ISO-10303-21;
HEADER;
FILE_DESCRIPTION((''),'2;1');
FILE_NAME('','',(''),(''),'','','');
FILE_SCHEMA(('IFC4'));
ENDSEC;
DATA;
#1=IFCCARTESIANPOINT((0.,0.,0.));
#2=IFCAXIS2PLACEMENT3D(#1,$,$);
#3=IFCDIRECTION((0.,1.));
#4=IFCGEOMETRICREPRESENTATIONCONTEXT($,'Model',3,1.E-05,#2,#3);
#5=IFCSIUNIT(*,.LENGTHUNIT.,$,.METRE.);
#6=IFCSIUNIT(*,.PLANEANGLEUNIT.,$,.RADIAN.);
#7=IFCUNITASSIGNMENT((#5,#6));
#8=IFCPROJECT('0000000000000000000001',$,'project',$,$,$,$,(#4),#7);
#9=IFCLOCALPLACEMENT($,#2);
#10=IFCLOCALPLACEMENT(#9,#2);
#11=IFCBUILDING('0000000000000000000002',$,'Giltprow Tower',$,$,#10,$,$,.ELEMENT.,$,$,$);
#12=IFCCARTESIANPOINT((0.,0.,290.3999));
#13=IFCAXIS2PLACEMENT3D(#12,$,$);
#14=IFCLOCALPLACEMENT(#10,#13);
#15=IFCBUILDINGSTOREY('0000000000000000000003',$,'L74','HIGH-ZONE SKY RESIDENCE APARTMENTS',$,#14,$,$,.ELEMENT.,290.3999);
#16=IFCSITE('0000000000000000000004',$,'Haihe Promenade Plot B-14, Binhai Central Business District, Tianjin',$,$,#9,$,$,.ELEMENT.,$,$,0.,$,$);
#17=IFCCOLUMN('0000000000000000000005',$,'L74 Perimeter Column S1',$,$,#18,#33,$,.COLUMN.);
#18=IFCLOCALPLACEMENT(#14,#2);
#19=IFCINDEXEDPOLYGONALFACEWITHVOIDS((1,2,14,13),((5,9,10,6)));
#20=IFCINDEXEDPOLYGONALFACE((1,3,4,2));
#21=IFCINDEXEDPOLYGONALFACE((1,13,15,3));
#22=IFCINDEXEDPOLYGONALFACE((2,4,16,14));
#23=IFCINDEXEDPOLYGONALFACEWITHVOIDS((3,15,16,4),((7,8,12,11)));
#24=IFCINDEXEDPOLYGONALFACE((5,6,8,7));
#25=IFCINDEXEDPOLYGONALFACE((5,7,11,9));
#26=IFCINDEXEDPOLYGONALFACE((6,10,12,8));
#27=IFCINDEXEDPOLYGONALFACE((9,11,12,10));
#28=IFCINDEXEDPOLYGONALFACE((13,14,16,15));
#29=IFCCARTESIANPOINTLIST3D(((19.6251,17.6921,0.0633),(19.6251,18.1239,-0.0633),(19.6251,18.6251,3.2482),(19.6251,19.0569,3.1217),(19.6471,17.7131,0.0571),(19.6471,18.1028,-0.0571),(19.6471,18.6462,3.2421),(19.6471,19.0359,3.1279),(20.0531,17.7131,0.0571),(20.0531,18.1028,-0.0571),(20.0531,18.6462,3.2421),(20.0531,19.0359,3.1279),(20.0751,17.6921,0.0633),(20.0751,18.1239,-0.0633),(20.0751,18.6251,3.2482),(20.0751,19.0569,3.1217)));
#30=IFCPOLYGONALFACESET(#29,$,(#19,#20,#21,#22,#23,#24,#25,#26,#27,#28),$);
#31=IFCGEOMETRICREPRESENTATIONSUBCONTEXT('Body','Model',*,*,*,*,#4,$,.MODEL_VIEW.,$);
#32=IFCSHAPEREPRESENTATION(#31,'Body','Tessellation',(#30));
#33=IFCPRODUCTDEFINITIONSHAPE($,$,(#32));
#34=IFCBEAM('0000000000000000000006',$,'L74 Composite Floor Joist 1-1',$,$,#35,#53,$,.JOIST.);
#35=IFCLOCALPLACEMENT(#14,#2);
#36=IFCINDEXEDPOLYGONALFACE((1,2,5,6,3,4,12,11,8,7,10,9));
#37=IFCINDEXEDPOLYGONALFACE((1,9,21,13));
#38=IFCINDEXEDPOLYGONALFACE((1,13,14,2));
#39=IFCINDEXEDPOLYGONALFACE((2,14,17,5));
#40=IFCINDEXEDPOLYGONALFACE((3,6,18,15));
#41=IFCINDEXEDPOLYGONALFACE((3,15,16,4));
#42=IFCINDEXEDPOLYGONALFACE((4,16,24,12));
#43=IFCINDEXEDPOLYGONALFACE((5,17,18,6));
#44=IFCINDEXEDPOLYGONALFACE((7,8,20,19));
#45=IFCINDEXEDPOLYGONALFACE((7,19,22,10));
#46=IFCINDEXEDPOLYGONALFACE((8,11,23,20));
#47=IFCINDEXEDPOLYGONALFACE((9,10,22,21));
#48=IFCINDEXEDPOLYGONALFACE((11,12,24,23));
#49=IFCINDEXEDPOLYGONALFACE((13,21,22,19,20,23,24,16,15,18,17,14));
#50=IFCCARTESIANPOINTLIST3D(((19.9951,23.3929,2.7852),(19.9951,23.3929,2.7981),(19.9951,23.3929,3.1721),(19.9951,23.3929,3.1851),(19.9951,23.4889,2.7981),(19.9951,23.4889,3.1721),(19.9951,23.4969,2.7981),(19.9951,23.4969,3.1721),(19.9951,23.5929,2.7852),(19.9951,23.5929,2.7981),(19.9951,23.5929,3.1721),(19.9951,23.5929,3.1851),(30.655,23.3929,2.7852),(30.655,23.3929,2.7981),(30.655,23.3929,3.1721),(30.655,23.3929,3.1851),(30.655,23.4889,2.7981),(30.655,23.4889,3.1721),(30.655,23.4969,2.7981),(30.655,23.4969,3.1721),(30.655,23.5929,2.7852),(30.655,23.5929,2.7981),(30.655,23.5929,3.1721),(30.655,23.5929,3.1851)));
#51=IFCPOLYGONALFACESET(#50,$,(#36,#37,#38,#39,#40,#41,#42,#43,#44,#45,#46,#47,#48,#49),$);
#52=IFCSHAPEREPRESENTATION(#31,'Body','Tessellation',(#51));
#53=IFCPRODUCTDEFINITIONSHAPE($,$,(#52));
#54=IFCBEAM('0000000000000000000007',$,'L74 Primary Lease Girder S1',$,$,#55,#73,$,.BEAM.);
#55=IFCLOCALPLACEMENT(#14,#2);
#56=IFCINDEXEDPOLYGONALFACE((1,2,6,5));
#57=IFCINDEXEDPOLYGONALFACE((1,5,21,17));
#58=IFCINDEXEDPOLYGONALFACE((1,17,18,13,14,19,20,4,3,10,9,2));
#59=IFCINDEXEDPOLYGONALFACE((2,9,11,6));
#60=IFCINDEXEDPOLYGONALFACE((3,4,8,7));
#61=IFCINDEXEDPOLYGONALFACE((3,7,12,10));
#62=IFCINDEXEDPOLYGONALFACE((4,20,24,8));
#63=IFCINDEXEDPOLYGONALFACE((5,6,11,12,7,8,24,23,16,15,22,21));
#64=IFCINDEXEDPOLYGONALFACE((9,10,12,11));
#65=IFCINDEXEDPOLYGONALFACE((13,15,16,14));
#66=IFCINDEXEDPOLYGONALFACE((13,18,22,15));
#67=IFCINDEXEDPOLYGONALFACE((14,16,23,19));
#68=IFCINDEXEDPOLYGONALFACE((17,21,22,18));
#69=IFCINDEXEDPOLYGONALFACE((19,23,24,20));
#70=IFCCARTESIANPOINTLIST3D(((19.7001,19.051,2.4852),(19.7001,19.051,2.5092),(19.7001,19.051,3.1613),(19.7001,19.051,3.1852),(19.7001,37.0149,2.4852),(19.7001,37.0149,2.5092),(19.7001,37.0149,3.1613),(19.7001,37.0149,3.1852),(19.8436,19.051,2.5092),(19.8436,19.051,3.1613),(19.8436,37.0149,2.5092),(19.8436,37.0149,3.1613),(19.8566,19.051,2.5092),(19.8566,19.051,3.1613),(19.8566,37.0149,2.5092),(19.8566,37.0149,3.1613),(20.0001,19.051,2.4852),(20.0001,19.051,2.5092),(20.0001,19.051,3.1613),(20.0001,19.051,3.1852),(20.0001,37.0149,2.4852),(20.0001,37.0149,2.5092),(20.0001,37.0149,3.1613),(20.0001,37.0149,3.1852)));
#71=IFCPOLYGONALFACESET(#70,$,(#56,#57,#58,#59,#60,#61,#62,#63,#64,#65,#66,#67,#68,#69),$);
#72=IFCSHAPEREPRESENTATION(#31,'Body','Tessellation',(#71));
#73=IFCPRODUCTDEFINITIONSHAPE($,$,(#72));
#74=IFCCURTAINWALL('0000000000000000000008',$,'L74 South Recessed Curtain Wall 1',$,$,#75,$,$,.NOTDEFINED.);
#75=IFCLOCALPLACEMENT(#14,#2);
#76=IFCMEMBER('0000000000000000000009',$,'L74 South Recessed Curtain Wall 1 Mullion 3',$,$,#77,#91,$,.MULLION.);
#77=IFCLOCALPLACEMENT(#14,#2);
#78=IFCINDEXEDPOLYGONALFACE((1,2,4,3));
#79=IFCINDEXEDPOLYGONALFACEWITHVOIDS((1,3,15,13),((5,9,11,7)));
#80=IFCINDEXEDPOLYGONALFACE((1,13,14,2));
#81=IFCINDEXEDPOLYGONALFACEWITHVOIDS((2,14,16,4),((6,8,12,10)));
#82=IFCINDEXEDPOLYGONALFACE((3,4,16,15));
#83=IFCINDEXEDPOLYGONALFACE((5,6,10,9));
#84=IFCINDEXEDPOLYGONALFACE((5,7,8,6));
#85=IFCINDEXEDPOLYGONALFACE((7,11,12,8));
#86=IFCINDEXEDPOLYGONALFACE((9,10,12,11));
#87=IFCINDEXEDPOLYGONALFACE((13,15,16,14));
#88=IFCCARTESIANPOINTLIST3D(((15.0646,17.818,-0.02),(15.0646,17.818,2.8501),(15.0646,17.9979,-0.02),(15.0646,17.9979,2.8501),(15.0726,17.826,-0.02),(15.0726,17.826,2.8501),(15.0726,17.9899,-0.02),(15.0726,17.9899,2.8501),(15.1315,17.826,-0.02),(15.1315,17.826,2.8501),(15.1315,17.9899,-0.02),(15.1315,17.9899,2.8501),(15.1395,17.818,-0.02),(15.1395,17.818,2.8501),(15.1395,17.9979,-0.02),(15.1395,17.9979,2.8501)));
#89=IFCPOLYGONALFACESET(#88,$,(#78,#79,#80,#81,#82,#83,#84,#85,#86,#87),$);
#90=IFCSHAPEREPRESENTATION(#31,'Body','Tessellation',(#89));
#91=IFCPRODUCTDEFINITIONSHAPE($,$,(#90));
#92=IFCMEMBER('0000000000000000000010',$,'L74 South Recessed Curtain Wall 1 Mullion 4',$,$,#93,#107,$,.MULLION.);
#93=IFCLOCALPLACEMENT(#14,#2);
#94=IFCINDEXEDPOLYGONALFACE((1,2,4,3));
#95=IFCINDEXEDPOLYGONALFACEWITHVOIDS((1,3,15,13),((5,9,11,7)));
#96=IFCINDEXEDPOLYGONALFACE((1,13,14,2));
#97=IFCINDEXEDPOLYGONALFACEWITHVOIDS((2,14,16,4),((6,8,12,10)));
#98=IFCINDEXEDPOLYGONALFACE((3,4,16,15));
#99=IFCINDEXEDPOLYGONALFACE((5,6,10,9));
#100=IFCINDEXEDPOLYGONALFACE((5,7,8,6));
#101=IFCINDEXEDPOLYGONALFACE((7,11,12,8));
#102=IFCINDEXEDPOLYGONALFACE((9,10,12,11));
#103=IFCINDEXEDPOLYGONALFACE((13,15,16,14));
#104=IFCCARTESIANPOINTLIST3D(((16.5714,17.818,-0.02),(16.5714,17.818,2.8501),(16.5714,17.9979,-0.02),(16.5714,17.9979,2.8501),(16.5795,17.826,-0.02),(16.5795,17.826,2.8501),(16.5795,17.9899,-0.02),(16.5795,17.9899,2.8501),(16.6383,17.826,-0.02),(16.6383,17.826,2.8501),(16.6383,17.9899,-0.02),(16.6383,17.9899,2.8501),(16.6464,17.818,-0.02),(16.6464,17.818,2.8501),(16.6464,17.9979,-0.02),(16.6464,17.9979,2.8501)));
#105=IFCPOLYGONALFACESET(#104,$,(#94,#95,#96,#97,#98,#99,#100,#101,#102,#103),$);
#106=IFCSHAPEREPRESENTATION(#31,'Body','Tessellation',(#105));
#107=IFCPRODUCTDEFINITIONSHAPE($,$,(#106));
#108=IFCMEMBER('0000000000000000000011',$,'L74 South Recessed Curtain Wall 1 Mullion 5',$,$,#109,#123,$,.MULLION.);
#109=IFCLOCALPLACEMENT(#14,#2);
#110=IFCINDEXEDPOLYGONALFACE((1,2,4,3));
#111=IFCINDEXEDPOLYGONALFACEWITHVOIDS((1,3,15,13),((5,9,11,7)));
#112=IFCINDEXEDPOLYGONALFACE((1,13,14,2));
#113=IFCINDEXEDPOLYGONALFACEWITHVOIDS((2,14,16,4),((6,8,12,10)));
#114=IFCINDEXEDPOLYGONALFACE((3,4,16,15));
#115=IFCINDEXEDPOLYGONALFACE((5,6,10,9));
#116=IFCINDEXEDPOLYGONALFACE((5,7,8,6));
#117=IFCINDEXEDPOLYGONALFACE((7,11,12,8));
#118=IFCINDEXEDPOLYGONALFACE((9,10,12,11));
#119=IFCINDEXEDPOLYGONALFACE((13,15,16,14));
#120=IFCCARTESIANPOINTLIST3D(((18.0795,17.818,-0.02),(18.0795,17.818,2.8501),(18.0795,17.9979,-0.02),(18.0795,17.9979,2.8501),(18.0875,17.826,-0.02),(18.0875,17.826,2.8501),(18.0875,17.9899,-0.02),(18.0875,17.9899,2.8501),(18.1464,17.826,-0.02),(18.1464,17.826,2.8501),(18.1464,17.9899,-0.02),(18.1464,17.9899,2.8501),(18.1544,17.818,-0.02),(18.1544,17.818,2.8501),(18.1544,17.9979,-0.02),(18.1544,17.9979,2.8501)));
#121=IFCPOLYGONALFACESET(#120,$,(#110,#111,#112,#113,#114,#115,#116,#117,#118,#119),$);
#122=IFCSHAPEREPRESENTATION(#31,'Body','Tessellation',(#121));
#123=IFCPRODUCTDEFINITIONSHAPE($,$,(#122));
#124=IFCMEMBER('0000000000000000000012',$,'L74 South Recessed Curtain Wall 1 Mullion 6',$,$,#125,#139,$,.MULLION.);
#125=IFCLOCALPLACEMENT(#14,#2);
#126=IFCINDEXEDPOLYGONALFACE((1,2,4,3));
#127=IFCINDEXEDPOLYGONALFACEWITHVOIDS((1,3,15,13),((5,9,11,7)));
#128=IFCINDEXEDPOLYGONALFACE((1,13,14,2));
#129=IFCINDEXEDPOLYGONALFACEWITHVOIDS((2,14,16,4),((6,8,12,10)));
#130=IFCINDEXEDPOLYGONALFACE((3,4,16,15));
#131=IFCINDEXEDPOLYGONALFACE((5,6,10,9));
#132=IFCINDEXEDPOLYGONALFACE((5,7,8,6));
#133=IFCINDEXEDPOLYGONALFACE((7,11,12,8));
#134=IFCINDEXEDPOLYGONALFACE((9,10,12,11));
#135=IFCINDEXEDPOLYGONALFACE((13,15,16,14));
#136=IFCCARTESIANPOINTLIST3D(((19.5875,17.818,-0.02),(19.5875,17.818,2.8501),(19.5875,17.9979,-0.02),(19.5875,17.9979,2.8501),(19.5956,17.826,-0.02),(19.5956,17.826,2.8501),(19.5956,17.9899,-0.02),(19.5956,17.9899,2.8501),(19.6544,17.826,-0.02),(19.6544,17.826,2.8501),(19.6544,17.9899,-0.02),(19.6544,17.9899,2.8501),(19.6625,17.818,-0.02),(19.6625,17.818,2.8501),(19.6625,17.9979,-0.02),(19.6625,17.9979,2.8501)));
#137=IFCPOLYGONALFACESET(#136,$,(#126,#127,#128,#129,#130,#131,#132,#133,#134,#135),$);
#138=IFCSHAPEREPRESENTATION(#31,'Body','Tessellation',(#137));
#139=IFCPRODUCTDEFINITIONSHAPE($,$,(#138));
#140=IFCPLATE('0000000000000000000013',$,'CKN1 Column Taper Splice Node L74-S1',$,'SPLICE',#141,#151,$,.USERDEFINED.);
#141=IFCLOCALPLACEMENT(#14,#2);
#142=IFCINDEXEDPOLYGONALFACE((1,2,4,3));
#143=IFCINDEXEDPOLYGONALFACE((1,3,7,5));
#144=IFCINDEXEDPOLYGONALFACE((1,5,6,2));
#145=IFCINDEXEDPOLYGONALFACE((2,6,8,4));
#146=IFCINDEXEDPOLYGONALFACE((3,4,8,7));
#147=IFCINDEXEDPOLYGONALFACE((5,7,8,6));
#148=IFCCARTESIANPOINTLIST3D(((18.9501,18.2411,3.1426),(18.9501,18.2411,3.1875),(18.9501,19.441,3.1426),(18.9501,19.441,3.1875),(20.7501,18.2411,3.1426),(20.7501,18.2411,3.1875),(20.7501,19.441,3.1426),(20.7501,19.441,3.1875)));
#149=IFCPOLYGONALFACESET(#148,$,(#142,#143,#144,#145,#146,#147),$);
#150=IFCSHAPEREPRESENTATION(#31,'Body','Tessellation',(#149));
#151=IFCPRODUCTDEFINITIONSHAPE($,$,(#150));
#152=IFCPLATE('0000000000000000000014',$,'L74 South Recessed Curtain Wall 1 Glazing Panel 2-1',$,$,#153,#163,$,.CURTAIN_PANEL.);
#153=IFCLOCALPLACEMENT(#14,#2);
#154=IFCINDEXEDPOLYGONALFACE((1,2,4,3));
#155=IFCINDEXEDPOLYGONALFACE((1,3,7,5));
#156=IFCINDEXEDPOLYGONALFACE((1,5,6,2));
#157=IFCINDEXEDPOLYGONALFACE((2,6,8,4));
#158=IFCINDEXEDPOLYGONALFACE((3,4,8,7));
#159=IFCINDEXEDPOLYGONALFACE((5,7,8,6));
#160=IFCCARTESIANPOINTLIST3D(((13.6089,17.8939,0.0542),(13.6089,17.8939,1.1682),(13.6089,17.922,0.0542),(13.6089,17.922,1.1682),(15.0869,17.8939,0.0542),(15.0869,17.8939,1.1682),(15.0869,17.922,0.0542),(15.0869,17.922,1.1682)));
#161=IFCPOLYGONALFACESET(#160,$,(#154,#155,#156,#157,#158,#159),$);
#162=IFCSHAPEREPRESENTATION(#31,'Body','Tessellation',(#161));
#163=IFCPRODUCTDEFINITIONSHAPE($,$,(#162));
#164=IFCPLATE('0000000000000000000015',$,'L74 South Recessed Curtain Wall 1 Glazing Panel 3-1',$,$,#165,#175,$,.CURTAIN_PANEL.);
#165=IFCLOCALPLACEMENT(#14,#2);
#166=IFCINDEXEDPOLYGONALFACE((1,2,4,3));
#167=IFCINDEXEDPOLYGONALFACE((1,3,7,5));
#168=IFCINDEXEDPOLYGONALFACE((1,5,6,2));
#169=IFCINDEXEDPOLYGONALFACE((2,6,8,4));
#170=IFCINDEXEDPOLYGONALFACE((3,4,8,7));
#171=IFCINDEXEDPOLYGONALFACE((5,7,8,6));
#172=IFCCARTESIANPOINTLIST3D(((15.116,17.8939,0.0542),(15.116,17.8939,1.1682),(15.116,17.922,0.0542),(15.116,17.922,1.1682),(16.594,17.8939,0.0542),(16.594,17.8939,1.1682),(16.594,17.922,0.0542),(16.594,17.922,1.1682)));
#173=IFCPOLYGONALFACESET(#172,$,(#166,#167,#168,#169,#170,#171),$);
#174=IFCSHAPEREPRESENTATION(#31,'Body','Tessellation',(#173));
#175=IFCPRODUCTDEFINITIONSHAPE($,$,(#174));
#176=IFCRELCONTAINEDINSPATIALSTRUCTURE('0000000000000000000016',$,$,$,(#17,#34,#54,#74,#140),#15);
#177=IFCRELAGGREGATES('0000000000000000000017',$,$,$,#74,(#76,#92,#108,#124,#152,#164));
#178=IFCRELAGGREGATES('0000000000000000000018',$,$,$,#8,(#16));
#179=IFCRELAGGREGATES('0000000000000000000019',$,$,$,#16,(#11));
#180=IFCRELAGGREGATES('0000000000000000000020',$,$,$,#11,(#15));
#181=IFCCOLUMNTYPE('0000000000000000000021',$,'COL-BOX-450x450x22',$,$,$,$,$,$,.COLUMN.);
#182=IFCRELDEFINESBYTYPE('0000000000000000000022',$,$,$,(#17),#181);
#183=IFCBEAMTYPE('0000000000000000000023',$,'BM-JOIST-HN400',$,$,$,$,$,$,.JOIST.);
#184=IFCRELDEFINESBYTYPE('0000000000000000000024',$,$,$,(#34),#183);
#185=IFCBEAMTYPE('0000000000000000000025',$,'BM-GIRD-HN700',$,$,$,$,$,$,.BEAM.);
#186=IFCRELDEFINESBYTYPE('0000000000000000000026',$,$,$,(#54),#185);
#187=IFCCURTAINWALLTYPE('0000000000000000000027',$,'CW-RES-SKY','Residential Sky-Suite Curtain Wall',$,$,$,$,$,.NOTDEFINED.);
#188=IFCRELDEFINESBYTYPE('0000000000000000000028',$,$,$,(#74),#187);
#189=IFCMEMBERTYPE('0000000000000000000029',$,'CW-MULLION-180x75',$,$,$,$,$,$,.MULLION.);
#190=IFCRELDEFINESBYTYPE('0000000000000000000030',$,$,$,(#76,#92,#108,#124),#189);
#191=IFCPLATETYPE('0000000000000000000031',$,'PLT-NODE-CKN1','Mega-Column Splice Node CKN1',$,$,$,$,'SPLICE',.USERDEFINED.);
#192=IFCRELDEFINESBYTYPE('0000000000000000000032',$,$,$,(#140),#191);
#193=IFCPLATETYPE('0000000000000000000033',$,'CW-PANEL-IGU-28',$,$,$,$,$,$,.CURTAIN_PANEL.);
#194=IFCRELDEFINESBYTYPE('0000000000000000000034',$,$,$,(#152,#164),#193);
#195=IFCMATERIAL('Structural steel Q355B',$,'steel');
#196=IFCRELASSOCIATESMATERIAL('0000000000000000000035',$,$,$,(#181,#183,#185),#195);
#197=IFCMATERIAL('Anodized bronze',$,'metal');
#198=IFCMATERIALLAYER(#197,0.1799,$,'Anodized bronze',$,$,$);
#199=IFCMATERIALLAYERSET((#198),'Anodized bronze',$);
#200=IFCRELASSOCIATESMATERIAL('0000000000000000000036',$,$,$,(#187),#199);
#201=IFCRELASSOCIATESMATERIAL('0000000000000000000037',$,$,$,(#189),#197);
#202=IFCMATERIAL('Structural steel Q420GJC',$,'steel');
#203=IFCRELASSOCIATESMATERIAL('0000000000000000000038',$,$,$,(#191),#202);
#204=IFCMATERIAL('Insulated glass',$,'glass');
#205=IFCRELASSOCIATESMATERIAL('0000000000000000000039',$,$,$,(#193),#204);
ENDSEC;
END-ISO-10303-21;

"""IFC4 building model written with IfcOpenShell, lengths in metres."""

from ifc_helpers import new_model, si_unit, direction, frame, origin, origin_2d, place, context, subcontext, project, spatial, rectangle, hollow_rectangle, i_section, extrude, source, transform, mapped, material, layer, layer_set, material_profile, profile_set, type_object, element, aggregate, save


model = new_model("IFC4")

# Units and contexts
model_context = context("Model", 3, precision=1e-05, world=origin(), true_north=direction((0.0, 1.0)))
body_context = subcontext(model_context, "Body", "Model", "MODEL_VIEW")
ifc_project = project(units=[si_unit("LENGTHUNIT", "METRE"), si_unit("PLANEANGLEUNIT", "RADIAN")], contexts=[model_context])

# Site, building, storey
site_placement = place(None, origin())
site = spatial("IfcSite", under=ifc_project, at=site_placement, Name="Haihe Promenade Plot B-14, Binhai Central Business District, Tianjin", CompositionType="ELEMENT", RefElevation=0.0)
building_placement = place(site_placement, origin())
building = spatial("IfcBuilding", under=site, at=building_placement, Name="Giltprow Tower", CompositionType="ELEMENT")
storey_placement = place(building_placement, frame((0.0, 0.0, 290.3999)))
storey = spatial("IfcBuildingStorey", under=building, at=storey_placement, Name="L74", Description="HIGH-ZONE SKY RESIDENCE APARTMENTS", CompositionType="ELEMENT", Elevation=290.3999)

# Column
ifc_material_1 = material(Name="Structural steel Q355B", Category="steel")
ifc_material_profile_1 = material_profile(ifc_material_1, hollow_rectangle(XDim=0.45, YDim=0.45, WallThickness=0.022, at=origin_2d()), Name="BOX 450x450x22")
ifc_profile_set_1 = profile_set([ifc_material_profile_1], Name="Structural steel Q355B")
column_type = type_object("IfcColumnType", Name="COL-BOX-450x450x22", PredefinedType="COLUMN", material=ifc_profile_set_1)
shared_shape_1 = source(origin(), body_context, "Body", "SweptSolid", [
    extrude(hollow_rectangle(XDim=0.45, YDim=0.45, WallThickness=0.022, at=origin_2d()), origin(), (0.0, 0.0, 1.0), 3.3188),
])
column_placement = place(storey_placement, frame((19.8501, 17.908, 0.0), z_axis=(0.0, 0.281147, 0.959665), x_axis=(-1.0, 0.0, 0.0)))
element("IfcColumn", 1, at=column_placement, inside=storey, type_object=column_type, Name="L74 Perimeter Column S1", PredefinedType="COLUMN", context=body_context, shape_type="MappedRepresentation", body=[
    mapped(shared_shape_1, transform((0.0, 0.0, 0.0), x_axis=(1.0, 0.0, 0.0), y_axis=(0.0, 1.0, 0.0), z_axis=(0.0, 0.0, 1.0), scale=1.0)),
])

# Beams
ifc_material_profile_2 = material_profile(ifc_material_1, i_section(OverallWidth=0.2, OverallDepth=0.3999, WebThickness=0.0081, FlangeThickness=0.0129, at=origin_2d()), Name="HN 400x200x8x13")
ifc_profile_set_2 = profile_set([ifc_material_profile_2], Name="Structural steel Q355B")
beam_type_1 = type_object("IfcBeamType", Name="BM-JOIST-HN400", PredefinedType="JOIST", material=ifc_profile_set_2)
shared_shape_2 = source(origin(), body_context, "Body", "SweptSolid", [
    extrude(i_section(OverallWidth=0.2, OverallDepth=0.3999, WebThickness=0.0081, FlangeThickness=0.0129, at=origin_2d()), origin(), (0.0, 0.0, 1.0), 10.6599),
])
beam_1_placement = place(storey_placement, frame((19.9951, 23.4929, 2.9851), z_axis=(1.0, 0.0, 0.0), x_axis=(0.0, 1.0, 0.0)))
element("IfcBeam", 2, at=beam_1_placement, inside=storey, type_object=beam_type_1, Name="L74 Composite Floor Joist 1-1", PredefinedType="JOIST", context=body_context, shape_type="MappedRepresentation", body=[
    mapped(shared_shape_2, transform((0.0, 0.0, 0.0), x_axis=(1.0, 0.0, 0.0), y_axis=(0.0, 1.0, 0.0), z_axis=(0.0, 0.0, 1.0), scale=1.0)),
])
ifc_material_profile_3 = material_profile(ifc_material_1, i_section(OverallWidth=0.3, OverallDepth=0.7, WebThickness=0.0129, FlangeThickness=0.0239, at=origin_2d()), Name="HN 700x300x13x24")
ifc_profile_set_3 = profile_set([ifc_material_profile_3], Name="Structural steel Q355B")
beam_type_2 = type_object("IfcBeamType", Name="BM-GIRD-HN700", PredefinedType="BEAM", material=ifc_profile_set_3)
shared_shape_3 = source(origin(), body_context, "Body", "SweptSolid", [
    extrude(i_section(OverallWidth=0.3, OverallDepth=0.7, WebThickness=0.0129, FlangeThickness=0.0239, at=origin_2d()), origin(), (0.0, 0.0, 1.0), 17.9639),
])
beam_2_placement = place(storey_placement, frame((19.8501, 19.051, 2.8352), z_axis=(0.0, 1.0, 0.0), x_axis=(-1.0, 0.0, 0.0)))
element("IfcBeam", 3, at=beam_2_placement, inside=storey, type_object=beam_type_2, Name="L74 Primary Lease Girder S1", PredefinedType="BEAM", context=body_context, shape_type="MappedRepresentation", body=[
    mapped(shared_shape_3, transform((0.0, 0.0, 0.0), x_axis=(1.0, 0.0, 0.0), y_axis=(0.0, 1.0, 0.0), z_axis=(0.0, 0.0, 1.0), scale=1.0)),
])

# Curtain wall, members
ifc_material_2 = material(Name="Anodized bronze", Category="metal")
ifc_layer = layer(ifc_material_2, 0.1799, Name="Anodized bronze")
ifc_layer_set = layer_set([ifc_layer], Name="Anodized bronze")
curtain_wall_type = type_object("IfcCurtainWallType", Name="CW-RES-SKY", Description="Residential Sky-Suite Curtain Wall", PredefinedType="NOTDEFINED", material=ifc_layer_set)
curtain_wall_placement = place(storey_placement, origin())
curtain_wall = element("IfcCurtainWall", 4, at=curtain_wall_placement, inside=storey, type_object=curtain_wall_type, Name="L74 South Recessed Curtain Wall 1", PredefinedType="NOTDEFINED")
ifc_material_profile_4 = material_profile(ifc_material_2, hollow_rectangle(XDim=0.075, YDim=0.1799, WallThickness=0.0081, at=origin_2d()), Name="RHS 180x75x8")
ifc_profile_set_4 = profile_set([ifc_material_profile_4], Name="Anodized bronze")
member_type = type_object("IfcMemberType", Name="CW-MULLION-180x75", PredefinedType="MULLION", material=ifc_profile_set_4)
shared_shape_4 = source(origin(), body_context, "Body", "SweptSolid", [
    extrude(hollow_rectangle(XDim=0.075, YDim=0.1799, WallThickness=0.0081, at=origin_2d()), origin(), (0.0, 0.0, 1.0), 2.8701),
])
member_1_placement = place(storey_placement, frame((15.1021, 17.908, -0.02), z_axis=(0.0, 0.0, 1.0), x_axis=(1.0, 0.0, 0.0)))
member_1 = element("IfcMember", 5, at=member_1_placement, type_object=member_type, Name="L74 South Recessed Curtain Wall 1 Mullion 3", PredefinedType="MULLION", context=body_context, shape_type="MappedRepresentation", body=[
    mapped(shared_shape_4, transform((0.0, 0.0, 0.0), x_axis=(1.0, 0.0, 0.0), y_axis=(0.0, 1.0, 0.0), z_axis=(0.0, 0.0, 1.0), scale=1.0)),
])
member_2_placement = place(storey_placement, frame((16.6089, 17.908, -0.02), z_axis=(0.0, 0.0, 1.0), x_axis=(1.0, 0.0, 0.0)))
member_2 = element("IfcMember", 6, at=member_2_placement, type_object=member_type, Name="L74 South Recessed Curtain Wall 1 Mullion 4", PredefinedType="MULLION", context=body_context, shape_type="MappedRepresentation", body=[
    mapped(shared_shape_4, transform((0.0, 0.0, 0.0), x_axis=(1.0, 0.0, 0.0), y_axis=(0.0, 1.0, 0.0), z_axis=(0.0, 0.0, 1.0), scale=1.0)),
])
member_3_placement = place(storey_placement, frame((18.1169, 17.908, -0.02), z_axis=(0.0, 0.0, 1.0), x_axis=(1.0, 0.0, 0.0)))
member_3 = element("IfcMember", 7, at=member_3_placement, type_object=member_type, Name="L74 South Recessed Curtain Wall 1 Mullion 5", PredefinedType="MULLION", context=body_context, shape_type="MappedRepresentation", body=[
    mapped(shared_shape_4, transform((0.0, 0.0, 0.0), x_axis=(1.0, 0.0, 0.0), y_axis=(0.0, 1.0, 0.0), z_axis=(0.0, 0.0, 1.0), scale=1.0)),
])
member_4_placement = place(storey_placement, frame((19.625, 17.908, -0.02), z_axis=(0.0, 0.0, 1.0), x_axis=(1.0, 0.0, 0.0)))
member_4 = element("IfcMember", 8, at=member_4_placement, type_object=member_type, Name="L74 South Recessed Curtain Wall 1 Mullion 6", PredefinedType="MULLION", context=body_context, shape_type="MappedRepresentation", body=[
    mapped(shared_shape_4, transform((0.0, 0.0, 0.0), x_axis=(1.0, 0.0, 0.0), y_axis=(0.0, 1.0, 0.0), z_axis=(0.0, 0.0, 1.0), scale=1.0)),
])

# Plates
ifc_material_3 = material(Name="Structural steel Q420GJC", Category="steel")
plate_type_1 = type_object("IfcPlateType", Name="PLT-NODE-CKN1", Description="Mega-Column Splice Node CKN1", ElementType="SPLICE", PredefinedType="USERDEFINED", material=ifc_material_3)
shared_shape_5 = source(origin(), body_context, "Body", "SweptSolid", [
    extrude(rectangle(XDim=1.8, YDim=1.2, at=origin_2d()), origin(), (0.0, 0.0, 1.0), 0.0449),
])
plate_1_placement = place(storey_placement, frame((19.8501, 18.8411, 3.1426), z_axis=(0.0, 0.0, 1.0), x_axis=(1.0, 0.0, 0.0)))
element("IfcPlate", 9, at=plate_1_placement, inside=storey, type_object=plate_type_1, Name="CKN1 Column Taper Splice Node L74-S1", ObjectType="SPLICE", PredefinedType="USERDEFINED", context=body_context, shape_type="MappedRepresentation", body=[
    mapped(shared_shape_5, transform((0.0, 0.0, 0.0), x_axis=(1.0, 0.0, 0.0), y_axis=(0.0, 1.0, 0.0), z_axis=(0.0, 0.0, 1.0), scale=1.0)),
])
ifc_material_4 = material(Name="Insulated glass", Category="glass")
plate_type_2 = type_object("IfcPlateType", Name="CW-PANEL-IGU-28", PredefinedType="CURTAIN_PANEL", material=ifc_material_4)
shared_shape_6 = source(origin(), body_context, "Body", "SweptSolid", [
    extrude(rectangle(XDim=1.478, YDim=0.0281, at=origin_2d()), origin(), (0.0, 0.0, 1.0), 1.114),
])
plate_2_placement = place(storey_placement, frame((14.3479, 17.908, 0.0542), z_axis=(0.0, 0.0, 1.0), x_axis=(1.0, 0.0, 0.0)))
plate_2 = element("IfcPlate", 10, at=plate_2_placement, type_object=plate_type_2, Name="L74 South Recessed Curtain Wall 1 Glazing Panel 2-1", PredefinedType="CURTAIN_PANEL", context=body_context, shape_type="MappedRepresentation", body=[
    mapped(shared_shape_6, transform((0.0, 0.0, 0.0), x_axis=(1.0, 0.0, 0.0), y_axis=(0.0, 1.0, 0.0), z_axis=(0.0, 0.0, 1.0), scale=1.0)),
])
plate_3_placement = place(storey_placement, frame((15.855, 17.908, 0.0542), z_axis=(0.0, 0.0, 1.0), x_axis=(1.0, 0.0, 0.0)))
plate_3 = element("IfcPlate", 11, at=plate_3_placement, type_object=plate_type_2, Name="L74 South Recessed Curtain Wall 1 Glazing Panel 3-1", PredefinedType="CURTAIN_PANEL", context=body_context, shape_type="MappedRepresentation", body=[
    mapped(shared_shape_6, transform((0.0, 0.0, 0.0), x_axis=(1.0, 0.0, 0.0), y_axis=(0.0, 1.0, 0.0), z_axis=(0.0, 0.0, 1.0), scale=1.0)),
])
aggregate(curtain_wall, [member_1, member_2, member_3, member_4, plate_2, plate_3])

save(model, "model.ifc")
